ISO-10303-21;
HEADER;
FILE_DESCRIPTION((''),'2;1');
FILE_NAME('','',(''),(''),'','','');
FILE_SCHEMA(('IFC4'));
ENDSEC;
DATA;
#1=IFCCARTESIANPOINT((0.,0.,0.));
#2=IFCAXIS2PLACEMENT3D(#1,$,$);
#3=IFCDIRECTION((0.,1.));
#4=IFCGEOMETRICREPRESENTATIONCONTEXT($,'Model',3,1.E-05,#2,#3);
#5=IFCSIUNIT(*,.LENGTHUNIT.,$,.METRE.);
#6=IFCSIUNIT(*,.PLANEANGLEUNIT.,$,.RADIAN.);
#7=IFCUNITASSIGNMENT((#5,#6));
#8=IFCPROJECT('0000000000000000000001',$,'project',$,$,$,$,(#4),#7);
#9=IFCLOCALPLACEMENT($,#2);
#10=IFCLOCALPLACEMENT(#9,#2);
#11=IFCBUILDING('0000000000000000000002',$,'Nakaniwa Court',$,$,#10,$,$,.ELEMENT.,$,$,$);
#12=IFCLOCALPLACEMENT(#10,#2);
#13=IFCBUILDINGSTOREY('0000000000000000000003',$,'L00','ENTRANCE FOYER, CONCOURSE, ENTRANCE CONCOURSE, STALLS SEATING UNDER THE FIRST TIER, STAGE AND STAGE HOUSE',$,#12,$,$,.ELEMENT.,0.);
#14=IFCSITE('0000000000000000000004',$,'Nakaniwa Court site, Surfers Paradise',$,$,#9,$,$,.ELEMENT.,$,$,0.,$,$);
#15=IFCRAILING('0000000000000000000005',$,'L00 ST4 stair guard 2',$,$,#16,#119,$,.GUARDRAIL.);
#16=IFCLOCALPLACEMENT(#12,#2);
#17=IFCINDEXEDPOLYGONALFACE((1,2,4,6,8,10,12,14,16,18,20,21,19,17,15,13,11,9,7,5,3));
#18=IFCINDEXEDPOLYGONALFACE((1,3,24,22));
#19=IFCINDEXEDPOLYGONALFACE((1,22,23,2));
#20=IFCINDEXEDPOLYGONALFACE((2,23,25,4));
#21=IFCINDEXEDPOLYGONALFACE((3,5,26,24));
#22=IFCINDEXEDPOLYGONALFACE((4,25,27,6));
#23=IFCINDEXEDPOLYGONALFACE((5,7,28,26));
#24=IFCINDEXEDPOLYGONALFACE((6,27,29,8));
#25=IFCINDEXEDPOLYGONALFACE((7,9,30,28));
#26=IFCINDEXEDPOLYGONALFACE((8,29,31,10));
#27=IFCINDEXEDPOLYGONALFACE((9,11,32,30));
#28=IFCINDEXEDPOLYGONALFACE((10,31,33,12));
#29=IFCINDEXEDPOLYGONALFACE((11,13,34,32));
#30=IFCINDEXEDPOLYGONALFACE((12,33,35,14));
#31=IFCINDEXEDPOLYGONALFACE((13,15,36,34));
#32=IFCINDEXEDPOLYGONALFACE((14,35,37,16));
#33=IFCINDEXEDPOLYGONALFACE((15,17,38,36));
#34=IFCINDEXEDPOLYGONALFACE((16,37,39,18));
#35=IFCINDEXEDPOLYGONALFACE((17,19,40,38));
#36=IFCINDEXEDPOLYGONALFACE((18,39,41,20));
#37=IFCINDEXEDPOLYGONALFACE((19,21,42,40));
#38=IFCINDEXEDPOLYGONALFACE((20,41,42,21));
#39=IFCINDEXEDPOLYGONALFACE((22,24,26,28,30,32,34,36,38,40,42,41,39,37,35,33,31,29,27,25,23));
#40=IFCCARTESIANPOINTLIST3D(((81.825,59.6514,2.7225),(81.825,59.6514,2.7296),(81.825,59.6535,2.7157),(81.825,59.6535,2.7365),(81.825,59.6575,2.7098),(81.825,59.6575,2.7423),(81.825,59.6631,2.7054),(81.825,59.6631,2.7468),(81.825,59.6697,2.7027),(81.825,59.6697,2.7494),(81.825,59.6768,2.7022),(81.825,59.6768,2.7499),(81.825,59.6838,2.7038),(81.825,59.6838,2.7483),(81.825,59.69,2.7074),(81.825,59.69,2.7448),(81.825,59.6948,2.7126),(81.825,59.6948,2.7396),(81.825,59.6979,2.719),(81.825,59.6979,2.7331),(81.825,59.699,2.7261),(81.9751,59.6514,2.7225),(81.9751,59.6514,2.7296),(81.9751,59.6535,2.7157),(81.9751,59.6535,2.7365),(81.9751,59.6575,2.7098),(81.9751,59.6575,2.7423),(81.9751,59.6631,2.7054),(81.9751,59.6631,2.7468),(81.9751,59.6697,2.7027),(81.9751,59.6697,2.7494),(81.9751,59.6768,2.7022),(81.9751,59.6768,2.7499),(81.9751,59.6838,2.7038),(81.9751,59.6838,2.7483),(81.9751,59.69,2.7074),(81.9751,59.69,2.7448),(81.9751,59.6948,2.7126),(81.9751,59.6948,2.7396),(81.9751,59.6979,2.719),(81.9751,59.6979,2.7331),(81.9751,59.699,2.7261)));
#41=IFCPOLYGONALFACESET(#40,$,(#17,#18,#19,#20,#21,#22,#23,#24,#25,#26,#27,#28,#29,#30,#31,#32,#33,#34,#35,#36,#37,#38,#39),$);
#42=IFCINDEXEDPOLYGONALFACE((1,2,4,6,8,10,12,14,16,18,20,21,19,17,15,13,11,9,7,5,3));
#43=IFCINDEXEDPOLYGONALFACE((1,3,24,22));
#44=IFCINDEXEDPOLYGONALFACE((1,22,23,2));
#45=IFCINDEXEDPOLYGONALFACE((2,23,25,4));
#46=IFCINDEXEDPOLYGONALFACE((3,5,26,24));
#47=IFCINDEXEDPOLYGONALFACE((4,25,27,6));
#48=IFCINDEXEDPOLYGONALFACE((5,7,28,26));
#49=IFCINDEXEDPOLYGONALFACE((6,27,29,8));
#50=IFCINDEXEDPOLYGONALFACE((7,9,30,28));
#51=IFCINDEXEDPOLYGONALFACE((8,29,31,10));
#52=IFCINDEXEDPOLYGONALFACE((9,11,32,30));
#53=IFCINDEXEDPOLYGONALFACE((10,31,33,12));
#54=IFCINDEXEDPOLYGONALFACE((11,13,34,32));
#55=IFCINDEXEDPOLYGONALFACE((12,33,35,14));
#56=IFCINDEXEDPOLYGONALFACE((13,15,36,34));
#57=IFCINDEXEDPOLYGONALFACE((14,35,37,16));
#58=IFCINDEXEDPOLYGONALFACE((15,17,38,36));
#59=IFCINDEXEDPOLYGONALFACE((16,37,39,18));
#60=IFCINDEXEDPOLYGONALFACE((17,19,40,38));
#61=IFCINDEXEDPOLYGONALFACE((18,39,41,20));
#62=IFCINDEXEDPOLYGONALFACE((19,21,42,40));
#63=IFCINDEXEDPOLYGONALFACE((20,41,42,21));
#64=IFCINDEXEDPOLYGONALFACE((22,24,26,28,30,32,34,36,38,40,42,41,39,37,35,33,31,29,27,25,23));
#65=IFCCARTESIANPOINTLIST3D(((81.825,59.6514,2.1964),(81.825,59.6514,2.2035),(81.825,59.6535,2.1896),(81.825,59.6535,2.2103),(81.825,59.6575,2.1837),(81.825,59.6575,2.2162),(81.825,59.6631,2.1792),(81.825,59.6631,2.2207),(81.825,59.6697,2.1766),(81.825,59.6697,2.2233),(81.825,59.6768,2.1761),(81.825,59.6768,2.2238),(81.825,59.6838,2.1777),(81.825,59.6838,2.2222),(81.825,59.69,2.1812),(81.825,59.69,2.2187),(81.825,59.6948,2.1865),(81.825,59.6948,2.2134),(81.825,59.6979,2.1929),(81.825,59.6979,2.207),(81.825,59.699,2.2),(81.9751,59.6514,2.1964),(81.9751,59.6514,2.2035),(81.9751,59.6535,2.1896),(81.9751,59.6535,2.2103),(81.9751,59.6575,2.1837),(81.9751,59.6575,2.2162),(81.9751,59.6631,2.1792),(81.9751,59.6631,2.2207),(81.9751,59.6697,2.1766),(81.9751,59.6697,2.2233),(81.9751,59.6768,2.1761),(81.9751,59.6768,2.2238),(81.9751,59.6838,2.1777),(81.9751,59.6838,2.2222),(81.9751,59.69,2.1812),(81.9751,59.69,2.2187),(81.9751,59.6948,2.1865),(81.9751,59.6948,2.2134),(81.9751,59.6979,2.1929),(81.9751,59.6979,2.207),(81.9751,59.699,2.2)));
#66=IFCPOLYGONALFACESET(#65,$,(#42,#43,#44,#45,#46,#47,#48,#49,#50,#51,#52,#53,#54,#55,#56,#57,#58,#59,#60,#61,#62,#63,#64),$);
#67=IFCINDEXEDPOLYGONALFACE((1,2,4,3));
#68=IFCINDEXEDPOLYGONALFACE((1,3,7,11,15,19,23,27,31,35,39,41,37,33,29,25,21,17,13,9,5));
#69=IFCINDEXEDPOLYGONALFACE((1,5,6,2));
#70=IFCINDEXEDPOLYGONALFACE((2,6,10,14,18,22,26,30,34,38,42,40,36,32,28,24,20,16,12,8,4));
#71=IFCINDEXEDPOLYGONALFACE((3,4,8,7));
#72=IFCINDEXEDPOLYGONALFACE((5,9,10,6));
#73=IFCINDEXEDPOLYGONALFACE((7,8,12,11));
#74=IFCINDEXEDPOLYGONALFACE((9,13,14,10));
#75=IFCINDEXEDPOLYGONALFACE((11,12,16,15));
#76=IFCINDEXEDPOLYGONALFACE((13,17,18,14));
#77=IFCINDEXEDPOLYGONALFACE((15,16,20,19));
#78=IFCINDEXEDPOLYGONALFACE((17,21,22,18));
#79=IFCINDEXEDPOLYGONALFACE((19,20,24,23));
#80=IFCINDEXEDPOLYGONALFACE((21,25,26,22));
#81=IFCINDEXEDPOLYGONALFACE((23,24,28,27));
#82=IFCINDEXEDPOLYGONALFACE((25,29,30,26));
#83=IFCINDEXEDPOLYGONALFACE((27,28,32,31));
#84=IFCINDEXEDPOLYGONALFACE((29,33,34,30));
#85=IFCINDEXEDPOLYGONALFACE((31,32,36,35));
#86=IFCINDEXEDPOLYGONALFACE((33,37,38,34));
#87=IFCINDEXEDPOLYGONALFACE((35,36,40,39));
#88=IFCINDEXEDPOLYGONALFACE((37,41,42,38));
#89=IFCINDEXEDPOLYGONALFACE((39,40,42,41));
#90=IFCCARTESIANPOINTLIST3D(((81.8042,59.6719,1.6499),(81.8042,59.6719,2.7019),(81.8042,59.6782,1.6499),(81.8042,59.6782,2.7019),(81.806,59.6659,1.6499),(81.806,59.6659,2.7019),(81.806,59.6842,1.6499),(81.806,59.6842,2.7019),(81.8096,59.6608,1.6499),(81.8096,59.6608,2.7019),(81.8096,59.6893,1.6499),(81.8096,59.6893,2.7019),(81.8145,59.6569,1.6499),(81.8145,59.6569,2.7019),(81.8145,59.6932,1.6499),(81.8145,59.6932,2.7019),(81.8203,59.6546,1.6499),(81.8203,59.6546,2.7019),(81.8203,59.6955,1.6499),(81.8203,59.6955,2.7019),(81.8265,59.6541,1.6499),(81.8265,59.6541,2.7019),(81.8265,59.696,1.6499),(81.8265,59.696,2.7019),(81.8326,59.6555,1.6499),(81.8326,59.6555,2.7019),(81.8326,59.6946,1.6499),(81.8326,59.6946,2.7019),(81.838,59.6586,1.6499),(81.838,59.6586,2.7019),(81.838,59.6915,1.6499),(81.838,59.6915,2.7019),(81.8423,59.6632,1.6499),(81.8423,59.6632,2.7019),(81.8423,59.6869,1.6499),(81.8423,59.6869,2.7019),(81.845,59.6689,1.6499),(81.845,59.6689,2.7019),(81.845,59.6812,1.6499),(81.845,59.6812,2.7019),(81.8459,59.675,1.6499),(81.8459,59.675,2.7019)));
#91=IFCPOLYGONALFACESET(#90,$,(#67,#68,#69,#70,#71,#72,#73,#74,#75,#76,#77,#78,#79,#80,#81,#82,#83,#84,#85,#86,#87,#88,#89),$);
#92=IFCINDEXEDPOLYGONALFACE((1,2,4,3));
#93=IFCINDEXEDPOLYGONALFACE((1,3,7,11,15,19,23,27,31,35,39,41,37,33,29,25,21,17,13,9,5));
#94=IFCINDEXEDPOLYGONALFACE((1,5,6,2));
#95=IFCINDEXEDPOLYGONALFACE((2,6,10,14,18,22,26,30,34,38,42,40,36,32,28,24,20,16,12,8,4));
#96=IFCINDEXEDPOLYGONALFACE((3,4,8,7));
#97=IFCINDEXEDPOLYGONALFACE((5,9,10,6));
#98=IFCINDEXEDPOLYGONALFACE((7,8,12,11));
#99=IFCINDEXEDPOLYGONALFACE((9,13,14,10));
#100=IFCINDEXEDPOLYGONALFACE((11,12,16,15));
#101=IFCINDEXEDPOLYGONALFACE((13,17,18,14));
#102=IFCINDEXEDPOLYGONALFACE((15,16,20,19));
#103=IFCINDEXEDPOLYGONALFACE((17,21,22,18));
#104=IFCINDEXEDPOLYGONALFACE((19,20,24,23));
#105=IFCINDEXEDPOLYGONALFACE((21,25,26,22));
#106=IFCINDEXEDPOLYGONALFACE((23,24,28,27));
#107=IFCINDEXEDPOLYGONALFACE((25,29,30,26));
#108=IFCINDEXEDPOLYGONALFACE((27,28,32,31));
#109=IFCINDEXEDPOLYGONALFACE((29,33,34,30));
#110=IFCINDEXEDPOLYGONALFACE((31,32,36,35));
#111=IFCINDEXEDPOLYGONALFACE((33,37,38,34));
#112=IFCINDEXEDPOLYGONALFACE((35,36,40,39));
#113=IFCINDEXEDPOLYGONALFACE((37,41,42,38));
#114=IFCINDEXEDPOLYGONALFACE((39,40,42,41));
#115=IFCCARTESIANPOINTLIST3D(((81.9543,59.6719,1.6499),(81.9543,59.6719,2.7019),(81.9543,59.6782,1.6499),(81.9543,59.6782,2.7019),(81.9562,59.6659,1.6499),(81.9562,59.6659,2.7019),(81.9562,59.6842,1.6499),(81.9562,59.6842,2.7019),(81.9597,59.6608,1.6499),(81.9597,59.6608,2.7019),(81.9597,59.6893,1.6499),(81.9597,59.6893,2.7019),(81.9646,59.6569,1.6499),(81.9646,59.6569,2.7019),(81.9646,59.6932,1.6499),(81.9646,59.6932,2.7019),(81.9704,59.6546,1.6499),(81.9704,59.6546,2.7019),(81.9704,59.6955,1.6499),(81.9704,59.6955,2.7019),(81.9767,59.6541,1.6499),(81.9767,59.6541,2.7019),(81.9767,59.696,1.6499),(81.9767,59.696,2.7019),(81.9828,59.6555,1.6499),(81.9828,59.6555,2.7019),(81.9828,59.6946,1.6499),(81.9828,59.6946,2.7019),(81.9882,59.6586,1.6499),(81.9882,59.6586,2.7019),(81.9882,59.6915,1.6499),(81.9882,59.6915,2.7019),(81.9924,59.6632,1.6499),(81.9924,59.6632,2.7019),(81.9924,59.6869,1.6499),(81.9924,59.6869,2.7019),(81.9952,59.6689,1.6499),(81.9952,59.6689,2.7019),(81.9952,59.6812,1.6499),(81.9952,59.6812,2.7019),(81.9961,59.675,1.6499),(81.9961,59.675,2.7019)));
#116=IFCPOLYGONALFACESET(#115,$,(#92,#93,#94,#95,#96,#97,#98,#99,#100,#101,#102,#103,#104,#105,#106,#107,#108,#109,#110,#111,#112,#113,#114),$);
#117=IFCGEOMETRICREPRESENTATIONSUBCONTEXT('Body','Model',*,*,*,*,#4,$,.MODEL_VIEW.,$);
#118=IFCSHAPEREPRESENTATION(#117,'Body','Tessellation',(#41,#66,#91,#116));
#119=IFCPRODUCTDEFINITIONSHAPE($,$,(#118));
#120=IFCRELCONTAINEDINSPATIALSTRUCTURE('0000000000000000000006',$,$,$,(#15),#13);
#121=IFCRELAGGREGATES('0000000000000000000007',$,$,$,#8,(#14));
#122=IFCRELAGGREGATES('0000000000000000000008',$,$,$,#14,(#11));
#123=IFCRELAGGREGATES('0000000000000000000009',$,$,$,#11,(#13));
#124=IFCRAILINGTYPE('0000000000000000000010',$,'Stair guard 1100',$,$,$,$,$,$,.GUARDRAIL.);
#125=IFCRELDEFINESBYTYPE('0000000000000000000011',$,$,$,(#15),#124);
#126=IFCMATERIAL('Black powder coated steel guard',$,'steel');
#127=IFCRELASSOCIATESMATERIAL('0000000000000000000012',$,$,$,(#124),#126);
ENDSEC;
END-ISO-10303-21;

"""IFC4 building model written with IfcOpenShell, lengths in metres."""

from ifc_helpers import new_model, si_unit, direction, frame, origin, origin_2d, place, context, subcontext, project, spatial, circle, extrude, material, type_object, element, save


model = new_model("IFC4")

# Units and contexts
model_context = context("Model", 3, precision=1e-05, world=origin(), true_north=direction((0.0, 1.0)))
body_context = subcontext(model_context, "Body", "Model", "MODEL_VIEW")
ifc_project = project(units=[si_unit("LENGTHUNIT", "METRE"), si_unit("PLANEANGLEUNIT", "RADIAN")], contexts=[model_context])

# Site, building, storey
site_placement = place(None, origin())
site = spatial("IfcSite", under=ifc_project, at=site_placement, Name="Nakaniwa Court site, Surfers Paradise", CompositionType="ELEMENT", RefElevation=0.0)
building_placement = place(site_placement, origin())
building = spatial("IfcBuilding", under=site, at=building_placement, Name="Nakaniwa Court", CompositionType="ELEMENT")
storey_placement = place(building_placement, origin())
storey = spatial("IfcBuildingStorey", under=building, at=storey_placement, Name="L00", Description="ENTRANCE FOYER, CONCOURSE, ENTRANCE CONCOURSE, STALLS SEATING UNDER THE FIRST TIER, STAGE AND STAGE HOUSE", CompositionType="ELEMENT", Elevation=0.0)

# Railing
ifc_material_1 = material(Name="Black powder coated steel guard", Category="steel")
railing_type_1 = type_object("IfcRailingType", Name="Stair guard 1100", PredefinedType="GUARDRAIL", material=ifc_material_1)
railing_1_placement = place(storey_placement, frame((81.825, 59.675, 1.6499)))
element("IfcRailing", 1, at=railing_1_placement, inside=storey, type_object=railing_type_1, Name="L00 ST4 stair guard 2", PredefinedType="GUARDRAIL", context=body_context, shape_type="SweptSolid", body=[
    extrude(circle(Radius=0.0239, at=origin_2d()), frame((0.0, 0.0, 1.0762), z_axis=(1.0, 0.0, 0.0), x_axis=(0.0, 1.0, 0.0)), (0.0, 0.0, 1.0), 0.1501),
    extrude(circle(Radius=0.0239, at=origin_2d()), frame((0.0, 0.0, 0.55), z_axis=(1.0, 0.0, 0.0), x_axis=(0.0, 1.0, 0.0)), (0.0, 0.0, 1.0), 0.1501),
    extrude(circle(Radius=0.021, at=origin_2d()), origin(), (0.0, 0.0, 1.0), 1.052),
    extrude(circle(Radius=0.021, at=origin_2d()), frame((0.1501, 0.0, 0.0)), (0.0, 0.0, 1.0), 1.052),
])

save(model, "model.ifc")
